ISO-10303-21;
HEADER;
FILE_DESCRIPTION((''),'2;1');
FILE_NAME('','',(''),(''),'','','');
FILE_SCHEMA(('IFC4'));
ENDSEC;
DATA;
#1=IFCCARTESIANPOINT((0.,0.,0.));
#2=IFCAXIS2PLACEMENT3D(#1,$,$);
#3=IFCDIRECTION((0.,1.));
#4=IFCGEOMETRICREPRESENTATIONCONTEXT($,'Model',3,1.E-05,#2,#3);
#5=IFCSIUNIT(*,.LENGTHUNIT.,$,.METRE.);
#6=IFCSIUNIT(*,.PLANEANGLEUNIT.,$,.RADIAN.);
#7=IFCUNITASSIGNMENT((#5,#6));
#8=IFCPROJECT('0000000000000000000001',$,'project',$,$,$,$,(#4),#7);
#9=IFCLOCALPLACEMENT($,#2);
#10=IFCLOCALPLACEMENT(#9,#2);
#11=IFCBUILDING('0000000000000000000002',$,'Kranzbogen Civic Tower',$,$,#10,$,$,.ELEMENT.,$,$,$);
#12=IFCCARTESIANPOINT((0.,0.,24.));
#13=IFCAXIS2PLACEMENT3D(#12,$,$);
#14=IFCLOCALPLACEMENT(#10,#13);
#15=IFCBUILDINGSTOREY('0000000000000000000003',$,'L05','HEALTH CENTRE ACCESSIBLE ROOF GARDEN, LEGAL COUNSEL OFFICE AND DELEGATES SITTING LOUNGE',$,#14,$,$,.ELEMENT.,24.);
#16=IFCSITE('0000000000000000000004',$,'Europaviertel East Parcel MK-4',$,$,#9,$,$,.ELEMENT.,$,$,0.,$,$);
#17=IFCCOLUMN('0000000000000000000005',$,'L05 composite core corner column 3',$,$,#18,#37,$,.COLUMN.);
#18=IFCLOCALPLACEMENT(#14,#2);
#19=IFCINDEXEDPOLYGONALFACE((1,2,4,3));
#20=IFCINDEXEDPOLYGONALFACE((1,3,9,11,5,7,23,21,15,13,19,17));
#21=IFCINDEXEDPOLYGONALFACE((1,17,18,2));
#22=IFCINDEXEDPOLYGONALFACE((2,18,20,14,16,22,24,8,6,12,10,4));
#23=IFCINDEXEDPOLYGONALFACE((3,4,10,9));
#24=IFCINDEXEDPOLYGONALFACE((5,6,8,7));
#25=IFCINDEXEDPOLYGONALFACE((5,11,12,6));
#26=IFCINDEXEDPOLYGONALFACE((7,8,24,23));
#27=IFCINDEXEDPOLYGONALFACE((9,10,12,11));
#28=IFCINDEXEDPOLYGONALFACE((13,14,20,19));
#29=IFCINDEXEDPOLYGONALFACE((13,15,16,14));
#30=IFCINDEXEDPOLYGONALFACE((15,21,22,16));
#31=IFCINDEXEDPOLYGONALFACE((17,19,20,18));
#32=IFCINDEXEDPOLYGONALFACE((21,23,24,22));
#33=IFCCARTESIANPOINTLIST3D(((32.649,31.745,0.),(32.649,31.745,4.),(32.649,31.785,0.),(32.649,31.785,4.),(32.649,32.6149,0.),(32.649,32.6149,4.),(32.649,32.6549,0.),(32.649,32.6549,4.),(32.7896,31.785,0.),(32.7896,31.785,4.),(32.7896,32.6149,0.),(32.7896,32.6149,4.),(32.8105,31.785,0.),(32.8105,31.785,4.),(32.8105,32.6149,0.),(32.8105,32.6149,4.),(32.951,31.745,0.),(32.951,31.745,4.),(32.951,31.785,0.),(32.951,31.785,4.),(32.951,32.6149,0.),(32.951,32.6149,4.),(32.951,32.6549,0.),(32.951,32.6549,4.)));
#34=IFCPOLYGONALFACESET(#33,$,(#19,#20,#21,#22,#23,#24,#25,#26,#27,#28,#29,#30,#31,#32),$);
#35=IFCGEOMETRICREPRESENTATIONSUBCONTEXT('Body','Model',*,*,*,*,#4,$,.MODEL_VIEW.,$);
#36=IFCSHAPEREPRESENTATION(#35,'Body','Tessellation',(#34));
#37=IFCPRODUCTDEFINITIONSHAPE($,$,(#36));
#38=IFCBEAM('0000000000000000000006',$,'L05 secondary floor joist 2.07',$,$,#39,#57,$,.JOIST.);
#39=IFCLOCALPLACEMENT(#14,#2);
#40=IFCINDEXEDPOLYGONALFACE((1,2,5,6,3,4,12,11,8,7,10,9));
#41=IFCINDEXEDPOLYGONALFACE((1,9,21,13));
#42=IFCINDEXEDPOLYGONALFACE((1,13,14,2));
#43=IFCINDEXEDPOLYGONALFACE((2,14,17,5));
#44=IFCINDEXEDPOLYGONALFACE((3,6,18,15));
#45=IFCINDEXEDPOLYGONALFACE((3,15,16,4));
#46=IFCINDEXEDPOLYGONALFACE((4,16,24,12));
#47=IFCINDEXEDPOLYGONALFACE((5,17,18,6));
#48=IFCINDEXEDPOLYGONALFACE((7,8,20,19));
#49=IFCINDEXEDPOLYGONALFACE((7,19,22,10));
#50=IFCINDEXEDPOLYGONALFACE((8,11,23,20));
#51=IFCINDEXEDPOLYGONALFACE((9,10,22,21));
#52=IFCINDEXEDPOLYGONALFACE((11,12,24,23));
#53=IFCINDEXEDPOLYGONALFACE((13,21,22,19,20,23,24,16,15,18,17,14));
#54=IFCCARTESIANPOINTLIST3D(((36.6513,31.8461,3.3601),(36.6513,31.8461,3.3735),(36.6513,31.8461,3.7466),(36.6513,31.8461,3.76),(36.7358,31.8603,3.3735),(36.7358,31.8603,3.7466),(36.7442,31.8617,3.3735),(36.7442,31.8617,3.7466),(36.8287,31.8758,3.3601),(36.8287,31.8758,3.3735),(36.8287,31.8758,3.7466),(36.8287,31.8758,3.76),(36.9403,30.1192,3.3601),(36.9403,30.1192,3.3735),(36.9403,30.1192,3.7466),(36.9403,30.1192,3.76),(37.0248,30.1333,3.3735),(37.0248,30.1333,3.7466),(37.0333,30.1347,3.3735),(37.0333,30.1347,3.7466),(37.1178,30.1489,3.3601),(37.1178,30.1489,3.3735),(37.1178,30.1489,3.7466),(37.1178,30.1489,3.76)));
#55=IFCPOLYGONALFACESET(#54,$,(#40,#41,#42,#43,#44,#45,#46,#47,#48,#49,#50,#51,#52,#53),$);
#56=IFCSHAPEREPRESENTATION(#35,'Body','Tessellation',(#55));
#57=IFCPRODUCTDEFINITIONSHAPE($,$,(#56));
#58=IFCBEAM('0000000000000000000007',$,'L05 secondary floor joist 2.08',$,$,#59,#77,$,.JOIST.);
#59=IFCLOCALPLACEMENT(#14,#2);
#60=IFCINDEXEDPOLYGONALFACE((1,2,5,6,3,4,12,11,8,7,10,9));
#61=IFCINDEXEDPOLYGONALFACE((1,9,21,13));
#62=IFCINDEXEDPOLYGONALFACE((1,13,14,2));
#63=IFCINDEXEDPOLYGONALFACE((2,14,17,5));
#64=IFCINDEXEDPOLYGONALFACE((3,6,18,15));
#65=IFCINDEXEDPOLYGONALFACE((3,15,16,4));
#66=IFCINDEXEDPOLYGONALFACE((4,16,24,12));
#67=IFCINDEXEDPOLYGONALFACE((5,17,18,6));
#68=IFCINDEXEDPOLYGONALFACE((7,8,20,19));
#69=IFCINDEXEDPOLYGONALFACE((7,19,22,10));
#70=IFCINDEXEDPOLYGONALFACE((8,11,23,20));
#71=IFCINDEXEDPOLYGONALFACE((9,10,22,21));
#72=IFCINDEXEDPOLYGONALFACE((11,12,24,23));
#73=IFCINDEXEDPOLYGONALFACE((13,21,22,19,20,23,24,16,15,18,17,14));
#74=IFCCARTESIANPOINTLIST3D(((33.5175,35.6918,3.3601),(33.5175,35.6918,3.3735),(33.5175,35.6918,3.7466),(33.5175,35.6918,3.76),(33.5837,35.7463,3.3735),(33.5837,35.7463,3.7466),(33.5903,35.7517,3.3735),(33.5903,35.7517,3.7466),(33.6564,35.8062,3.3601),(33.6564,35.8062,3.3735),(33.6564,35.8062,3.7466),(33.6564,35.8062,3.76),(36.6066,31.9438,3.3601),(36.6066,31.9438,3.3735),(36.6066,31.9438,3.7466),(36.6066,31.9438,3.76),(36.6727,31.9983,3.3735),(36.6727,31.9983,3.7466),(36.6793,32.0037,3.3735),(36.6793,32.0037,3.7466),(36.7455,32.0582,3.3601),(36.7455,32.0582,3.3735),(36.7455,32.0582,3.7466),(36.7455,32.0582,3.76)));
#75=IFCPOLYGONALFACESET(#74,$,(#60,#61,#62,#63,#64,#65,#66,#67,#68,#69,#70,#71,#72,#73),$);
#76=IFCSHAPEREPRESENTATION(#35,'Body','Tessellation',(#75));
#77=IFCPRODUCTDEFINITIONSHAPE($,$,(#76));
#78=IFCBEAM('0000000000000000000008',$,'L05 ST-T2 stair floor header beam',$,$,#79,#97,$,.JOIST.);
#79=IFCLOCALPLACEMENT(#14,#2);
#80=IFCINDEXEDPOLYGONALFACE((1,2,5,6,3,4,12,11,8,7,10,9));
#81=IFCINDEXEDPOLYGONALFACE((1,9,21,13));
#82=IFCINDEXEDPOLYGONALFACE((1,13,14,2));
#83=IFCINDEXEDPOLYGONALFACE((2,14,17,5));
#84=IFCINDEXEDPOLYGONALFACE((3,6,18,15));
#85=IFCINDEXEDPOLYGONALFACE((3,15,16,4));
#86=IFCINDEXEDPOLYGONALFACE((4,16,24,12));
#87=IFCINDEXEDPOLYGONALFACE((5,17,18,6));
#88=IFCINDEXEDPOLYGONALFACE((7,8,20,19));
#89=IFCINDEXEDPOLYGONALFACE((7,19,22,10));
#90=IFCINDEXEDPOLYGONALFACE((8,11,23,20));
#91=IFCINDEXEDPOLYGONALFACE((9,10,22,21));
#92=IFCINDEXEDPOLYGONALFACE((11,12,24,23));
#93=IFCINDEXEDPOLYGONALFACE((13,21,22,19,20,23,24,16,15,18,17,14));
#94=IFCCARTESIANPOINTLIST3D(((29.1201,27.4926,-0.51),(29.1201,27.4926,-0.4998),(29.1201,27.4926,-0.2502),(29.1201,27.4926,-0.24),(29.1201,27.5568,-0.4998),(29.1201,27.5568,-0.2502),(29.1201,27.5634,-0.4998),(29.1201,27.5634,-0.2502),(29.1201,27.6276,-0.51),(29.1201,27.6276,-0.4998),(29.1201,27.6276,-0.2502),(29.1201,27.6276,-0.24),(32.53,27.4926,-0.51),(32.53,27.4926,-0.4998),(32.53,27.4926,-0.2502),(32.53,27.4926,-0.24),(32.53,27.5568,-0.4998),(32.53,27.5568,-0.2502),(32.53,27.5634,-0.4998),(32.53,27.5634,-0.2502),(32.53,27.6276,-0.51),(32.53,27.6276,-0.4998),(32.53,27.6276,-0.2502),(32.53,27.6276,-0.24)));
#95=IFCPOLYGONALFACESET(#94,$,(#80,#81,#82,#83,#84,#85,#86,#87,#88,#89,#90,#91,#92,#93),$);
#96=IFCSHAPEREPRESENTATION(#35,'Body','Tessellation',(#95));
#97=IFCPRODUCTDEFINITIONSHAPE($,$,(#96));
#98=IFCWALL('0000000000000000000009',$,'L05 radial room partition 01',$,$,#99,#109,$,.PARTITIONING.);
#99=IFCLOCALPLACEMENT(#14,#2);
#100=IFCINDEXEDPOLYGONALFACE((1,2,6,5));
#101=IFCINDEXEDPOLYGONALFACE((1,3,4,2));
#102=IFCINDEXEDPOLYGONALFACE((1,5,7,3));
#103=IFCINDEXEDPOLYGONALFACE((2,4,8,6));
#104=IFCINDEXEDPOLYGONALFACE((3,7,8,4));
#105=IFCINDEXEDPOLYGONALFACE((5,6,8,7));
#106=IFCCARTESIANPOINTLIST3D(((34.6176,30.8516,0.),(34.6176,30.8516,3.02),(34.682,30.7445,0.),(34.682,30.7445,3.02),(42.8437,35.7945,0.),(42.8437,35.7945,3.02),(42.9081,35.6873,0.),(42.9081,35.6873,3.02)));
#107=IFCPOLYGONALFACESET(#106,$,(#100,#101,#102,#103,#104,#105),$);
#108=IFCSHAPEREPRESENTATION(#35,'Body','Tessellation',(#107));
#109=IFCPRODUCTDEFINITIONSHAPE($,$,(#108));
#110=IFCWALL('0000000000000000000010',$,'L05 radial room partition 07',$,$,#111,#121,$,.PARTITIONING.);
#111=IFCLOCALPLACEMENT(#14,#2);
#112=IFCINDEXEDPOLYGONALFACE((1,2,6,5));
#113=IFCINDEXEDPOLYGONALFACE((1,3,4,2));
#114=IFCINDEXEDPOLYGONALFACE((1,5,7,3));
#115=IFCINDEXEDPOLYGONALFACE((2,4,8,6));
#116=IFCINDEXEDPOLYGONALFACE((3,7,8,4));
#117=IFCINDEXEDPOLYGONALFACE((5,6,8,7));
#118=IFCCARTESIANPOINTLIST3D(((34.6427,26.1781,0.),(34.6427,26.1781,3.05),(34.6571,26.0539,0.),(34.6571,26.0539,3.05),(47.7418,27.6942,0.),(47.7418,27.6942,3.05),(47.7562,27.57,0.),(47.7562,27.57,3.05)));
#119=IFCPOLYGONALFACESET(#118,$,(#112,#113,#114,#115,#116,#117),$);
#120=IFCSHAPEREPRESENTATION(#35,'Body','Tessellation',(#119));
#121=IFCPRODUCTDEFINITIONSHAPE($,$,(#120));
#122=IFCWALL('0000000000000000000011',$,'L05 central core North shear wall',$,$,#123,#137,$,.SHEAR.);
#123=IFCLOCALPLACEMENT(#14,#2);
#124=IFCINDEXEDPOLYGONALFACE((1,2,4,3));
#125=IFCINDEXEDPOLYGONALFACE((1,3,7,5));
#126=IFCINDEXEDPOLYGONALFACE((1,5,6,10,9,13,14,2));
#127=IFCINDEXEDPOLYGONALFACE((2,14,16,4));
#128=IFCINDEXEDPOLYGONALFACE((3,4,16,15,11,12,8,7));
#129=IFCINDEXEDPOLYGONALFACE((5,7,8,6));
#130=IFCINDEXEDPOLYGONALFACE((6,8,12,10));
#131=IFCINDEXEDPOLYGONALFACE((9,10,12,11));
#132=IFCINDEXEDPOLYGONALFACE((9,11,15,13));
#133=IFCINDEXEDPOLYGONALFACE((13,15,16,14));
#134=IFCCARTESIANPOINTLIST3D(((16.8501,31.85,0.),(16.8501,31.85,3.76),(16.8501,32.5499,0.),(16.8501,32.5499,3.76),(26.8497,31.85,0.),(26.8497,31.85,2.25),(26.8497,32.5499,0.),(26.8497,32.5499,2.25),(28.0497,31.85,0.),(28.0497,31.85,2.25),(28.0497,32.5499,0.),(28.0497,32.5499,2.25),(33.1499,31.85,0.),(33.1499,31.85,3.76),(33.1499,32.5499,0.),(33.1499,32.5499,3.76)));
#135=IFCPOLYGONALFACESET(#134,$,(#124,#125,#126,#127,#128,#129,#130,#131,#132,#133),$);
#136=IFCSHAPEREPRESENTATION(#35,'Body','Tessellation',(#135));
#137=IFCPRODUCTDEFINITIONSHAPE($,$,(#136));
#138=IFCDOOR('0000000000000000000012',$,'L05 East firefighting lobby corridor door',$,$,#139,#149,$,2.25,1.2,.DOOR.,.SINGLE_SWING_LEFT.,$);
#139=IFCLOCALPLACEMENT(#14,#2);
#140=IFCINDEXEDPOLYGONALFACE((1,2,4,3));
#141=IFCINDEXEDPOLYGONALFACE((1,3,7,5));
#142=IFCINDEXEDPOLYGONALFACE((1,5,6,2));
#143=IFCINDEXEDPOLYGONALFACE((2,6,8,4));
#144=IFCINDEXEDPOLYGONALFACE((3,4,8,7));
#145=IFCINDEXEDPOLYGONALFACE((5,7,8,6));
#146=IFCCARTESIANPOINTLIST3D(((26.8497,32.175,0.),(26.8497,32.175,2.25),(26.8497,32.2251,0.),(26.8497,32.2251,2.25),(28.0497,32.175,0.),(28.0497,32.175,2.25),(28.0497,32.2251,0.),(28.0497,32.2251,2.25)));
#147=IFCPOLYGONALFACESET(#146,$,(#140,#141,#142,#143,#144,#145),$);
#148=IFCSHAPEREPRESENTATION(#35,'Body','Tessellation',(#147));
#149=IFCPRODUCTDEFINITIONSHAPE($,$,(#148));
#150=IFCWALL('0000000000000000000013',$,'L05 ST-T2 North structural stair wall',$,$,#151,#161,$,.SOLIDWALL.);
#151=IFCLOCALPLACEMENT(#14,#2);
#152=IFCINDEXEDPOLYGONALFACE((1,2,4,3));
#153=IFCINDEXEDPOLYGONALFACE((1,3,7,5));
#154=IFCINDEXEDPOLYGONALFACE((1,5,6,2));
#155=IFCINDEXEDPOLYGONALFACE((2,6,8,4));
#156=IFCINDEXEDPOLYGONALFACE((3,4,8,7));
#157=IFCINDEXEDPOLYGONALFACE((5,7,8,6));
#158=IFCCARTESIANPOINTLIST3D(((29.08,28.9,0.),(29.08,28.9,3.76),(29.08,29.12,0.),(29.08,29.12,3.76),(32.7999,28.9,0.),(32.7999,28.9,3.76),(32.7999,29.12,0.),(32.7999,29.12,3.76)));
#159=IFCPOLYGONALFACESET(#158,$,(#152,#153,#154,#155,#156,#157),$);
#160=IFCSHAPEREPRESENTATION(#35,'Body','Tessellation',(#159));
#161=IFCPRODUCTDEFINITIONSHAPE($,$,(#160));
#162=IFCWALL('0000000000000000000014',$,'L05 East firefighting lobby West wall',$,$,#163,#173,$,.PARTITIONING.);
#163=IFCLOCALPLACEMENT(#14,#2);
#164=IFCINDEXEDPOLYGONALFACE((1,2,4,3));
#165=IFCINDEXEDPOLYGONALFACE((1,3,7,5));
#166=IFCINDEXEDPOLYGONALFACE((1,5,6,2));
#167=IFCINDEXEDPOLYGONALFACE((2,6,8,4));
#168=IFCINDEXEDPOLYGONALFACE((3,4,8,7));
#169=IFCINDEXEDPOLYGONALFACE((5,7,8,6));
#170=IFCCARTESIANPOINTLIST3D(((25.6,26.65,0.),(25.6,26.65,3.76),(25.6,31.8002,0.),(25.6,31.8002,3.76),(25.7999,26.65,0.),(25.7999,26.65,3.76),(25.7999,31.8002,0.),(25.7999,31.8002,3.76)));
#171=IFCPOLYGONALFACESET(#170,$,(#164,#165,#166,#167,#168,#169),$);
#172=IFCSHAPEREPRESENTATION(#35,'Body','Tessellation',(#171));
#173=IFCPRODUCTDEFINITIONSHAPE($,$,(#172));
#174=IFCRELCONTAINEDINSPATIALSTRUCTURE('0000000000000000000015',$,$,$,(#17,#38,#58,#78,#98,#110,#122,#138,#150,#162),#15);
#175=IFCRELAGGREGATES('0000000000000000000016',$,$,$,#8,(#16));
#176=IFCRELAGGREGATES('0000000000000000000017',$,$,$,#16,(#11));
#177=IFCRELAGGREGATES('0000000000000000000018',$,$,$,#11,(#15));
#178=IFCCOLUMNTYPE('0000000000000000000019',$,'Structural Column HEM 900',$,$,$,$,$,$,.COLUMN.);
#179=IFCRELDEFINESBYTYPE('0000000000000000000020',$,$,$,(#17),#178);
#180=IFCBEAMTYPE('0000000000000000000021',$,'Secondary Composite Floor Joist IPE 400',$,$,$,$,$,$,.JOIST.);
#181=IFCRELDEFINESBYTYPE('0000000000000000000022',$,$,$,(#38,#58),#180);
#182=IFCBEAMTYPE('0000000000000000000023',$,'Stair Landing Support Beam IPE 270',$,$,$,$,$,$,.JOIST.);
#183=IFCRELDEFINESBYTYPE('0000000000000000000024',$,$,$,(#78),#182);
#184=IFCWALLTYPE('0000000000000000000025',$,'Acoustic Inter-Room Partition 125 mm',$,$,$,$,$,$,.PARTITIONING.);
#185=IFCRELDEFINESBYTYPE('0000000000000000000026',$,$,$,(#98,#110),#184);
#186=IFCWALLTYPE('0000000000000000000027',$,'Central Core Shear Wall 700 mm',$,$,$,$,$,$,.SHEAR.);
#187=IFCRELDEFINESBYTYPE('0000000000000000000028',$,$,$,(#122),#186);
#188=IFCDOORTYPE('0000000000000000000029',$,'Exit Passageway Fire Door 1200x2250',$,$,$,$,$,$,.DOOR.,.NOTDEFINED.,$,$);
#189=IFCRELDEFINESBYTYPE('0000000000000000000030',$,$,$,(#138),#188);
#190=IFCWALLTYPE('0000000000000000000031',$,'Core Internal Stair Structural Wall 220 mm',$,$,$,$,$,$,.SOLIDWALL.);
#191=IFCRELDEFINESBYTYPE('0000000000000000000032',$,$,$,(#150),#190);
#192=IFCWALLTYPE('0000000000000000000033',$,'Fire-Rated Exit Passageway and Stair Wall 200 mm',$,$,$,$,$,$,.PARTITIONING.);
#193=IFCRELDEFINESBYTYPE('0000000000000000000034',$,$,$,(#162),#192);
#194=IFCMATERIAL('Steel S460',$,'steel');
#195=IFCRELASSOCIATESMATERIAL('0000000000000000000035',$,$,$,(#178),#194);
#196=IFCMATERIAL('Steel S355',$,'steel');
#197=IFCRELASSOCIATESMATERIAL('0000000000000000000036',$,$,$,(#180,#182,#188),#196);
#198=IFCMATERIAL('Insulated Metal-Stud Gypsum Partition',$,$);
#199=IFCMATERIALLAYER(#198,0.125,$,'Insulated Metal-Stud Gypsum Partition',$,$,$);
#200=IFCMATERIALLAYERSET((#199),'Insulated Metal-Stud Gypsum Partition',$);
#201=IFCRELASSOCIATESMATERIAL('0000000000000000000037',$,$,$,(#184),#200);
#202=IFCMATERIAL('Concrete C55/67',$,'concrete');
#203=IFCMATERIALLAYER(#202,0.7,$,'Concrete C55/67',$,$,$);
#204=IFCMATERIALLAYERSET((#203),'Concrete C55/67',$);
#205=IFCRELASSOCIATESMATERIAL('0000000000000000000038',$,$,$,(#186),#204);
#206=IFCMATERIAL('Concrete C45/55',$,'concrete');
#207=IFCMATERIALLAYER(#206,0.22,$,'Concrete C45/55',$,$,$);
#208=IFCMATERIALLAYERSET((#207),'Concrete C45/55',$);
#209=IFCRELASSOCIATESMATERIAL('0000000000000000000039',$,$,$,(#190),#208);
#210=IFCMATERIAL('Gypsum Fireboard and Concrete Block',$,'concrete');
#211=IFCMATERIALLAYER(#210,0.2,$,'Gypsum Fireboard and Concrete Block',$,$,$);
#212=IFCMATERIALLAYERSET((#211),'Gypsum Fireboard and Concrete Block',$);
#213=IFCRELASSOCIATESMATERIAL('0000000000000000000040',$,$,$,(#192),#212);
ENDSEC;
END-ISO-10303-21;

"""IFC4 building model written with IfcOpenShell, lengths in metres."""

from ifc_helpers import new_model, si_unit, direction, frame, frame_2d, origin, origin_2d, place, context, subcontext, project, spatial, rectangle, i_section, extrude, material, layer, layer_set, material_profile, profile_set, type_object, element, fill, save


model = new_model("IFC4")

# Units and contexts
model_context = context("Model", 3, precision=1e-05, world=origin(), true_north=direction((0.0, 1.0)))
body_context = subcontext(model_context, "Body", "Model", "MODEL_VIEW")
ifc_project = project(units=[si_unit("LENGTHUNIT", "METRE"), si_unit("PLANEANGLEUNIT", "RADIAN")], contexts=[model_context])

# Site, building, storey
site_placement = place(None, origin())
site = spatial("IfcSite", under=ifc_project, at=site_placement, Name="Europaviertel East Parcel MK-4", CompositionType="ELEMENT", RefElevation=0.0)
building_placement = place(site_placement, origin())
building = spatial("IfcBuilding", under=site, at=building_placement, Name="Kranzbogen Civic Tower", CompositionType="ELEMENT")
storey_placement = place(building_placement, frame((0.0, 0.0, 24.0)))
storey = spatial("IfcBuildingStorey", under=building, at=storey_placement, Name="L05", Description="HEALTH CENTRE ACCESSIBLE ROOF GARDEN, LEGAL COUNSEL OFFICE AND DELEGATES SITTING LOUNGE", CompositionType="ELEMENT", Elevation=24.0)

# Column
ifc_material_1 = material(Name="Steel S460", Category="steel")
ifc_material_profile_1 = material_profile(ifc_material_1, i_section(OverallWidth=0.302, OverallDepth=0.9099, WebThickness=0.021, FlangeThickness=0.04, at=origin_2d()), Name="HEM 900")
ifc_profile_set_1 = profile_set([ifc_material_profile_1], Name="Steel S460")
column_type = type_object("IfcColumnType", Name="Structural Column HEM 900", PredefinedType="COLUMN", material=ifc_profile_set_1)
column_placement = place(storey_placement, frame((32.8, 32.2, 0.0), z_axis=(0.0, 0.0, 1.0), x_axis=(1.0, 0.0, 0.0)))
element("IfcColumn", 1, at=column_placement, inside=storey, type_object=column_type, Name="L05 composite core corner column 3", PredefinedType="COLUMN", context=body_context, shape_type="SweptSolid", body=[
    extrude(i_section(OverallWidth=0.302, OverallDepth=0.9099, WebThickness=0.021, FlangeThickness=0.04, at=origin_2d()), origin(), (0.0, 0.0, 1.0), 4.0),
])

# Beams
ifc_material_2 = material(Name="Steel S355", Category="steel")
ifc_material_profile_2 = material_profile(ifc_material_2, i_section(OverallWidth=0.1799, OverallDepth=0.3999, WebThickness=0.0085, FlangeThickness=0.0134, at=origin_2d()), Name="IPE 400")
ifc_profile_set_2 = profile_set([ifc_material_profile_2], Name="Steel S355")
beam_type_1 = type_object("IfcBeamType", Name="Secondary Composite Floor Joist IPE 400", PredefinedType="JOIST", material=ifc_profile_set_2)
beam_1_placement = place(storey_placement, frame((37.0291, 30.134, 3.5601), z_axis=(-0.165077, 0.986281, 0.0), x_axis=(-0.986281, -0.165077, 0.0)))
element("IfcBeam", 2, at=beam_1_placement, inside=storey, type_object=beam_type_1, Name="L05 secondary floor joist 2.07", PredefinedType="JOIST", context=body_context, shape_type="SweptSolid", body=[
    extrude(i_section(OverallWidth=0.1799, OverallDepth=0.3999, WebThickness=0.0085, FlangeThickness=0.0134, at=origin_2d()), origin(), (0.0, 0.0, 1.0), 1.751),
])
beam_2_placement = place(storey_placement, frame((36.676, 32.001, 3.5601), z_axis=(-0.636012, 0.771679, 0.0), x_axis=(-0.771679, -0.636012, 0.0)))
element("IfcBeam", 3, at=beam_2_placement, inside=storey, type_object=beam_type_1, Name="L05 secondary floor joist 2.08", PredefinedType="JOIST", context=body_context, shape_type="SweptSolid", body=[
    extrude(i_section(OverallWidth=0.1799, OverallDepth=0.3999, WebThickness=0.0085, FlangeThickness=0.0134, at=origin_2d()), origin(), (0.0, 0.0, 1.0), 4.8569),
])
ifc_material_profile_3 = material_profile(ifc_material_2, i_section(OverallWidth=0.135, OverallDepth=0.27, WebThickness=0.0066, FlangeThickness=0.0103, at=origin_2d()), Name="IPE 270")
ifc_profile_set_3 = profile_set([ifc_material_profile_3], Name="Steel S355")
beam_type_2 = type_object("IfcBeamType", Name="Stair Landing Support Beam IPE 270", PredefinedType="JOIST", material=ifc_profile_set_3)
beam_3_placement = place(storey_placement, frame((29.1201, 27.5601, -0.375), z_axis=(1.0, 0.0, 0.0), x_axis=(0.0, 1.0, 0.0)))
element("IfcBeam", 4, at=beam_3_placement, inside=storey, type_object=beam_type_2, Name="L05 ST-T2 stair floor header beam", PredefinedType="JOIST", context=body_context, shape_type="SweptSolid", body=[
    extrude(i_section(OverallWidth=0.135, OverallDepth=0.27, WebThickness=0.0066, FlangeThickness=0.0103, at=origin_2d()), origin(), (0.0, 0.0, 1.0), 3.4099),
])

# Walls
ifc_material_3 = material(Name="Insulated Metal-Stud Gypsum Partition")
ifc_layer_1 = layer(ifc_material_3, 0.125, Name="Insulated Metal-Stud Gypsum Partition")
ifc_layer_set_1 = layer_set([ifc_layer_1], Name="Insulated Metal-Stud Gypsum Partition")
wall_type_1 = type_object("IfcWallType", Name="Acoustic Inter-Room Partition 125 mm", PredefinedType="PARTITIONING", material=ifc_layer_set_1)
wall_1_placement = place(storey_placement, frame((34.6499, 30.7981, 0.0), z_axis=(0.0, 0.0, 1.0), x_axis=(0.857161, 0.515049, 0.0)))
element("IfcWall", 5, at=wall_1_placement, inside=storey, type_object=wall_type_1, Name="L05 radial room partition 01", PredefinedType="PARTITIONING", context=body_context, shape_type="SweptSolid", body=[
    extrude(rectangle(XDim=9.5969, YDim=0.125, at=frame_2d((4.7983, 0.0))), origin(), (0.0, 0.0, 1.0), 3.02),
])
wall_2_placement = place(storey_placement, frame((34.6499, 26.116, 0.0), z_axis=(0.0, 0.0, 1.0), x_axis=(0.993368, 0.114974, 0.0)))
element("IfcWall", 6, at=wall_2_placement, inside=storey, type_object=wall_type_1, Name="L05 radial room partition 07", PredefinedType="PARTITIONING", context=body_context, shape_type="SweptSolid", body=[
    extrude(rectangle(XDim=13.1865, YDim=0.125, at=frame_2d((6.5933, 0.0))), origin(), (0.0, 0.0, 1.0), 3.05),
])

# Wall, opening, door
ifc_material_4 = material(Name="Concrete C55/67", Category="concrete")
ifc_layer_2 = layer(ifc_material_4, 0.7, Name="Concrete C55/67")
ifc_layer_set_2 = layer_set([ifc_layer_2], Name="Concrete C55/67")
wall_type_2 = type_object("IfcWallType", Name="Central Core Shear Wall 700 mm", PredefinedType="SHEAR", material=ifc_layer_set_2)
wall_3_placement = place(storey_placement, frame((33.1499, 32.2, 0.0), z_axis=(0.0, 0.0, 1.0), x_axis=(-1.0, 0.0, 0.0)))
wall_3 = element("IfcWall", 7, at=wall_3_placement, inside=storey, type_object=wall_type_2, Name="L05 central core North shear wall", PredefinedType="SHEAR", context=body_context, shape_type="SweptSolid", body=[
    extrude(rectangle(XDim=16.2998, YDim=0.7, at=frame_2d((8.1499, 0.0))), origin(), (0.0, 0.0, 1.0), 3.76),
])
opening_1_placement = place(wall_3_placement, frame((5.1001, 0.0, 0.0)))
opening_1 = element("IfcOpeningElement", 8, at=opening_1_placement, cuts=wall_3, PredefinedType="OPENING", context=body_context, shape_type="SweptSolid", body=[
    extrude(rectangle(XDim=1.2, YDim=2.25, at=frame_2d((0.6001, 1.125))), frame((0.0, 0.3599, 0.0), z_axis=(0.0, -1.0, 0.0), x_axis=(1.0, 0.0, 0.0)), (0.0, 0.0, 1.0), 0.72),
])
door_type_1 = type_object("IfcDoorType", Name="Exit Passageway Fire Door 1200x2250", OperationType="NOTDEFINED", PredefinedType="DOOR", material=ifc_material_2)
door_1_placement = place(opening_1_placement, origin())
door_1 = element("IfcDoor", 9, at=door_1_placement, inside=storey, type_object=door_type_1, Name="L05 East firefighting lobby corridor door", OperationType="SINGLE_SWING_LEFT", OverallHeight=2.25, OverallWidth=1.2, PredefinedType="DOOR", context=body_context, shape_type="SweptSolid", body=[
    extrude(rectangle(XDim=1.2, YDim=2.25, at=frame_2d((0.6001, 1.125))), frame((0.0, 0.0249, 0.0), z_axis=(0.0, -1.0, 0.0), x_axis=(1.0, 0.0, 0.0)), (0.0, 0.0, 1.0), 0.05),
])
fill(opening_1, door_1)

# Walls
ifc_material_5 = material(Name="Concrete C45/55", Category="concrete")
ifc_layer_3 = layer(ifc_material_5, 0.22, Name="Concrete C45/55")
ifc_layer_set_3 = layer_set([ifc_layer_3], Name="Concrete C45/55")
wall_type_3 = type_object("IfcWallType", Name="Core Internal Stair Structural Wall 220 mm", PredefinedType="SOLIDWALL", material=ifc_layer_set_3)
wall_4_placement = place(storey_placement, frame((29.0801, 29.01, 0.0), z_axis=(0.0, 0.0, 1.0), x_axis=(1.0, 0.0, 0.0)))
element("IfcWall", 10, at=wall_4_placement, inside=storey, type_object=wall_type_3, Name="L05 ST-T2 North structural stair wall", PredefinedType="SOLIDWALL", context=body_context, shape_type="SweptSolid", body=[
    extrude(rectangle(XDim=3.72, YDim=0.22, at=frame_2d((1.8599, 0.0))), origin(), (0.0, 0.0, 1.0), 3.76),
])
ifc_material_6 = material(Name="Gypsum Fireboard and Concrete Block", Category="concrete")
ifc_layer_4 = layer(ifc_material_6, 0.2, Name="Gypsum Fireboard and Concrete Block")
ifc_layer_set_4 = layer_set([ifc_layer_4], Name="Gypsum Fireboard and Concrete Block")
wall_type_4 = type_object("IfcWallType", Name="Fire-Rated Exit Passageway and Stair Wall 200 mm", PredefinedType="PARTITIONING", material=ifc_layer_set_4)
wall_5_placement = place(storey_placement, frame((25.7, 26.6499, 0.0), z_axis=(0.0, 0.0, 1.0), x_axis=(0.0, 1.0, 0.0)))
element("IfcWall", 11, at=wall_5_placement, inside=storey, type_object=wall_type_4, Name="L05 East firefighting lobby West wall", PredefinedType="PARTITIONING", context=body_context, shape_type="SweptSolid", body=[
    extrude(rectangle(XDim=5.1501, YDim=0.2, at=frame_2d((2.5752, 0.0))), origin(), (0.0, 0.0, 1.0), 3.76),
])

save(model, "model.ifc")
